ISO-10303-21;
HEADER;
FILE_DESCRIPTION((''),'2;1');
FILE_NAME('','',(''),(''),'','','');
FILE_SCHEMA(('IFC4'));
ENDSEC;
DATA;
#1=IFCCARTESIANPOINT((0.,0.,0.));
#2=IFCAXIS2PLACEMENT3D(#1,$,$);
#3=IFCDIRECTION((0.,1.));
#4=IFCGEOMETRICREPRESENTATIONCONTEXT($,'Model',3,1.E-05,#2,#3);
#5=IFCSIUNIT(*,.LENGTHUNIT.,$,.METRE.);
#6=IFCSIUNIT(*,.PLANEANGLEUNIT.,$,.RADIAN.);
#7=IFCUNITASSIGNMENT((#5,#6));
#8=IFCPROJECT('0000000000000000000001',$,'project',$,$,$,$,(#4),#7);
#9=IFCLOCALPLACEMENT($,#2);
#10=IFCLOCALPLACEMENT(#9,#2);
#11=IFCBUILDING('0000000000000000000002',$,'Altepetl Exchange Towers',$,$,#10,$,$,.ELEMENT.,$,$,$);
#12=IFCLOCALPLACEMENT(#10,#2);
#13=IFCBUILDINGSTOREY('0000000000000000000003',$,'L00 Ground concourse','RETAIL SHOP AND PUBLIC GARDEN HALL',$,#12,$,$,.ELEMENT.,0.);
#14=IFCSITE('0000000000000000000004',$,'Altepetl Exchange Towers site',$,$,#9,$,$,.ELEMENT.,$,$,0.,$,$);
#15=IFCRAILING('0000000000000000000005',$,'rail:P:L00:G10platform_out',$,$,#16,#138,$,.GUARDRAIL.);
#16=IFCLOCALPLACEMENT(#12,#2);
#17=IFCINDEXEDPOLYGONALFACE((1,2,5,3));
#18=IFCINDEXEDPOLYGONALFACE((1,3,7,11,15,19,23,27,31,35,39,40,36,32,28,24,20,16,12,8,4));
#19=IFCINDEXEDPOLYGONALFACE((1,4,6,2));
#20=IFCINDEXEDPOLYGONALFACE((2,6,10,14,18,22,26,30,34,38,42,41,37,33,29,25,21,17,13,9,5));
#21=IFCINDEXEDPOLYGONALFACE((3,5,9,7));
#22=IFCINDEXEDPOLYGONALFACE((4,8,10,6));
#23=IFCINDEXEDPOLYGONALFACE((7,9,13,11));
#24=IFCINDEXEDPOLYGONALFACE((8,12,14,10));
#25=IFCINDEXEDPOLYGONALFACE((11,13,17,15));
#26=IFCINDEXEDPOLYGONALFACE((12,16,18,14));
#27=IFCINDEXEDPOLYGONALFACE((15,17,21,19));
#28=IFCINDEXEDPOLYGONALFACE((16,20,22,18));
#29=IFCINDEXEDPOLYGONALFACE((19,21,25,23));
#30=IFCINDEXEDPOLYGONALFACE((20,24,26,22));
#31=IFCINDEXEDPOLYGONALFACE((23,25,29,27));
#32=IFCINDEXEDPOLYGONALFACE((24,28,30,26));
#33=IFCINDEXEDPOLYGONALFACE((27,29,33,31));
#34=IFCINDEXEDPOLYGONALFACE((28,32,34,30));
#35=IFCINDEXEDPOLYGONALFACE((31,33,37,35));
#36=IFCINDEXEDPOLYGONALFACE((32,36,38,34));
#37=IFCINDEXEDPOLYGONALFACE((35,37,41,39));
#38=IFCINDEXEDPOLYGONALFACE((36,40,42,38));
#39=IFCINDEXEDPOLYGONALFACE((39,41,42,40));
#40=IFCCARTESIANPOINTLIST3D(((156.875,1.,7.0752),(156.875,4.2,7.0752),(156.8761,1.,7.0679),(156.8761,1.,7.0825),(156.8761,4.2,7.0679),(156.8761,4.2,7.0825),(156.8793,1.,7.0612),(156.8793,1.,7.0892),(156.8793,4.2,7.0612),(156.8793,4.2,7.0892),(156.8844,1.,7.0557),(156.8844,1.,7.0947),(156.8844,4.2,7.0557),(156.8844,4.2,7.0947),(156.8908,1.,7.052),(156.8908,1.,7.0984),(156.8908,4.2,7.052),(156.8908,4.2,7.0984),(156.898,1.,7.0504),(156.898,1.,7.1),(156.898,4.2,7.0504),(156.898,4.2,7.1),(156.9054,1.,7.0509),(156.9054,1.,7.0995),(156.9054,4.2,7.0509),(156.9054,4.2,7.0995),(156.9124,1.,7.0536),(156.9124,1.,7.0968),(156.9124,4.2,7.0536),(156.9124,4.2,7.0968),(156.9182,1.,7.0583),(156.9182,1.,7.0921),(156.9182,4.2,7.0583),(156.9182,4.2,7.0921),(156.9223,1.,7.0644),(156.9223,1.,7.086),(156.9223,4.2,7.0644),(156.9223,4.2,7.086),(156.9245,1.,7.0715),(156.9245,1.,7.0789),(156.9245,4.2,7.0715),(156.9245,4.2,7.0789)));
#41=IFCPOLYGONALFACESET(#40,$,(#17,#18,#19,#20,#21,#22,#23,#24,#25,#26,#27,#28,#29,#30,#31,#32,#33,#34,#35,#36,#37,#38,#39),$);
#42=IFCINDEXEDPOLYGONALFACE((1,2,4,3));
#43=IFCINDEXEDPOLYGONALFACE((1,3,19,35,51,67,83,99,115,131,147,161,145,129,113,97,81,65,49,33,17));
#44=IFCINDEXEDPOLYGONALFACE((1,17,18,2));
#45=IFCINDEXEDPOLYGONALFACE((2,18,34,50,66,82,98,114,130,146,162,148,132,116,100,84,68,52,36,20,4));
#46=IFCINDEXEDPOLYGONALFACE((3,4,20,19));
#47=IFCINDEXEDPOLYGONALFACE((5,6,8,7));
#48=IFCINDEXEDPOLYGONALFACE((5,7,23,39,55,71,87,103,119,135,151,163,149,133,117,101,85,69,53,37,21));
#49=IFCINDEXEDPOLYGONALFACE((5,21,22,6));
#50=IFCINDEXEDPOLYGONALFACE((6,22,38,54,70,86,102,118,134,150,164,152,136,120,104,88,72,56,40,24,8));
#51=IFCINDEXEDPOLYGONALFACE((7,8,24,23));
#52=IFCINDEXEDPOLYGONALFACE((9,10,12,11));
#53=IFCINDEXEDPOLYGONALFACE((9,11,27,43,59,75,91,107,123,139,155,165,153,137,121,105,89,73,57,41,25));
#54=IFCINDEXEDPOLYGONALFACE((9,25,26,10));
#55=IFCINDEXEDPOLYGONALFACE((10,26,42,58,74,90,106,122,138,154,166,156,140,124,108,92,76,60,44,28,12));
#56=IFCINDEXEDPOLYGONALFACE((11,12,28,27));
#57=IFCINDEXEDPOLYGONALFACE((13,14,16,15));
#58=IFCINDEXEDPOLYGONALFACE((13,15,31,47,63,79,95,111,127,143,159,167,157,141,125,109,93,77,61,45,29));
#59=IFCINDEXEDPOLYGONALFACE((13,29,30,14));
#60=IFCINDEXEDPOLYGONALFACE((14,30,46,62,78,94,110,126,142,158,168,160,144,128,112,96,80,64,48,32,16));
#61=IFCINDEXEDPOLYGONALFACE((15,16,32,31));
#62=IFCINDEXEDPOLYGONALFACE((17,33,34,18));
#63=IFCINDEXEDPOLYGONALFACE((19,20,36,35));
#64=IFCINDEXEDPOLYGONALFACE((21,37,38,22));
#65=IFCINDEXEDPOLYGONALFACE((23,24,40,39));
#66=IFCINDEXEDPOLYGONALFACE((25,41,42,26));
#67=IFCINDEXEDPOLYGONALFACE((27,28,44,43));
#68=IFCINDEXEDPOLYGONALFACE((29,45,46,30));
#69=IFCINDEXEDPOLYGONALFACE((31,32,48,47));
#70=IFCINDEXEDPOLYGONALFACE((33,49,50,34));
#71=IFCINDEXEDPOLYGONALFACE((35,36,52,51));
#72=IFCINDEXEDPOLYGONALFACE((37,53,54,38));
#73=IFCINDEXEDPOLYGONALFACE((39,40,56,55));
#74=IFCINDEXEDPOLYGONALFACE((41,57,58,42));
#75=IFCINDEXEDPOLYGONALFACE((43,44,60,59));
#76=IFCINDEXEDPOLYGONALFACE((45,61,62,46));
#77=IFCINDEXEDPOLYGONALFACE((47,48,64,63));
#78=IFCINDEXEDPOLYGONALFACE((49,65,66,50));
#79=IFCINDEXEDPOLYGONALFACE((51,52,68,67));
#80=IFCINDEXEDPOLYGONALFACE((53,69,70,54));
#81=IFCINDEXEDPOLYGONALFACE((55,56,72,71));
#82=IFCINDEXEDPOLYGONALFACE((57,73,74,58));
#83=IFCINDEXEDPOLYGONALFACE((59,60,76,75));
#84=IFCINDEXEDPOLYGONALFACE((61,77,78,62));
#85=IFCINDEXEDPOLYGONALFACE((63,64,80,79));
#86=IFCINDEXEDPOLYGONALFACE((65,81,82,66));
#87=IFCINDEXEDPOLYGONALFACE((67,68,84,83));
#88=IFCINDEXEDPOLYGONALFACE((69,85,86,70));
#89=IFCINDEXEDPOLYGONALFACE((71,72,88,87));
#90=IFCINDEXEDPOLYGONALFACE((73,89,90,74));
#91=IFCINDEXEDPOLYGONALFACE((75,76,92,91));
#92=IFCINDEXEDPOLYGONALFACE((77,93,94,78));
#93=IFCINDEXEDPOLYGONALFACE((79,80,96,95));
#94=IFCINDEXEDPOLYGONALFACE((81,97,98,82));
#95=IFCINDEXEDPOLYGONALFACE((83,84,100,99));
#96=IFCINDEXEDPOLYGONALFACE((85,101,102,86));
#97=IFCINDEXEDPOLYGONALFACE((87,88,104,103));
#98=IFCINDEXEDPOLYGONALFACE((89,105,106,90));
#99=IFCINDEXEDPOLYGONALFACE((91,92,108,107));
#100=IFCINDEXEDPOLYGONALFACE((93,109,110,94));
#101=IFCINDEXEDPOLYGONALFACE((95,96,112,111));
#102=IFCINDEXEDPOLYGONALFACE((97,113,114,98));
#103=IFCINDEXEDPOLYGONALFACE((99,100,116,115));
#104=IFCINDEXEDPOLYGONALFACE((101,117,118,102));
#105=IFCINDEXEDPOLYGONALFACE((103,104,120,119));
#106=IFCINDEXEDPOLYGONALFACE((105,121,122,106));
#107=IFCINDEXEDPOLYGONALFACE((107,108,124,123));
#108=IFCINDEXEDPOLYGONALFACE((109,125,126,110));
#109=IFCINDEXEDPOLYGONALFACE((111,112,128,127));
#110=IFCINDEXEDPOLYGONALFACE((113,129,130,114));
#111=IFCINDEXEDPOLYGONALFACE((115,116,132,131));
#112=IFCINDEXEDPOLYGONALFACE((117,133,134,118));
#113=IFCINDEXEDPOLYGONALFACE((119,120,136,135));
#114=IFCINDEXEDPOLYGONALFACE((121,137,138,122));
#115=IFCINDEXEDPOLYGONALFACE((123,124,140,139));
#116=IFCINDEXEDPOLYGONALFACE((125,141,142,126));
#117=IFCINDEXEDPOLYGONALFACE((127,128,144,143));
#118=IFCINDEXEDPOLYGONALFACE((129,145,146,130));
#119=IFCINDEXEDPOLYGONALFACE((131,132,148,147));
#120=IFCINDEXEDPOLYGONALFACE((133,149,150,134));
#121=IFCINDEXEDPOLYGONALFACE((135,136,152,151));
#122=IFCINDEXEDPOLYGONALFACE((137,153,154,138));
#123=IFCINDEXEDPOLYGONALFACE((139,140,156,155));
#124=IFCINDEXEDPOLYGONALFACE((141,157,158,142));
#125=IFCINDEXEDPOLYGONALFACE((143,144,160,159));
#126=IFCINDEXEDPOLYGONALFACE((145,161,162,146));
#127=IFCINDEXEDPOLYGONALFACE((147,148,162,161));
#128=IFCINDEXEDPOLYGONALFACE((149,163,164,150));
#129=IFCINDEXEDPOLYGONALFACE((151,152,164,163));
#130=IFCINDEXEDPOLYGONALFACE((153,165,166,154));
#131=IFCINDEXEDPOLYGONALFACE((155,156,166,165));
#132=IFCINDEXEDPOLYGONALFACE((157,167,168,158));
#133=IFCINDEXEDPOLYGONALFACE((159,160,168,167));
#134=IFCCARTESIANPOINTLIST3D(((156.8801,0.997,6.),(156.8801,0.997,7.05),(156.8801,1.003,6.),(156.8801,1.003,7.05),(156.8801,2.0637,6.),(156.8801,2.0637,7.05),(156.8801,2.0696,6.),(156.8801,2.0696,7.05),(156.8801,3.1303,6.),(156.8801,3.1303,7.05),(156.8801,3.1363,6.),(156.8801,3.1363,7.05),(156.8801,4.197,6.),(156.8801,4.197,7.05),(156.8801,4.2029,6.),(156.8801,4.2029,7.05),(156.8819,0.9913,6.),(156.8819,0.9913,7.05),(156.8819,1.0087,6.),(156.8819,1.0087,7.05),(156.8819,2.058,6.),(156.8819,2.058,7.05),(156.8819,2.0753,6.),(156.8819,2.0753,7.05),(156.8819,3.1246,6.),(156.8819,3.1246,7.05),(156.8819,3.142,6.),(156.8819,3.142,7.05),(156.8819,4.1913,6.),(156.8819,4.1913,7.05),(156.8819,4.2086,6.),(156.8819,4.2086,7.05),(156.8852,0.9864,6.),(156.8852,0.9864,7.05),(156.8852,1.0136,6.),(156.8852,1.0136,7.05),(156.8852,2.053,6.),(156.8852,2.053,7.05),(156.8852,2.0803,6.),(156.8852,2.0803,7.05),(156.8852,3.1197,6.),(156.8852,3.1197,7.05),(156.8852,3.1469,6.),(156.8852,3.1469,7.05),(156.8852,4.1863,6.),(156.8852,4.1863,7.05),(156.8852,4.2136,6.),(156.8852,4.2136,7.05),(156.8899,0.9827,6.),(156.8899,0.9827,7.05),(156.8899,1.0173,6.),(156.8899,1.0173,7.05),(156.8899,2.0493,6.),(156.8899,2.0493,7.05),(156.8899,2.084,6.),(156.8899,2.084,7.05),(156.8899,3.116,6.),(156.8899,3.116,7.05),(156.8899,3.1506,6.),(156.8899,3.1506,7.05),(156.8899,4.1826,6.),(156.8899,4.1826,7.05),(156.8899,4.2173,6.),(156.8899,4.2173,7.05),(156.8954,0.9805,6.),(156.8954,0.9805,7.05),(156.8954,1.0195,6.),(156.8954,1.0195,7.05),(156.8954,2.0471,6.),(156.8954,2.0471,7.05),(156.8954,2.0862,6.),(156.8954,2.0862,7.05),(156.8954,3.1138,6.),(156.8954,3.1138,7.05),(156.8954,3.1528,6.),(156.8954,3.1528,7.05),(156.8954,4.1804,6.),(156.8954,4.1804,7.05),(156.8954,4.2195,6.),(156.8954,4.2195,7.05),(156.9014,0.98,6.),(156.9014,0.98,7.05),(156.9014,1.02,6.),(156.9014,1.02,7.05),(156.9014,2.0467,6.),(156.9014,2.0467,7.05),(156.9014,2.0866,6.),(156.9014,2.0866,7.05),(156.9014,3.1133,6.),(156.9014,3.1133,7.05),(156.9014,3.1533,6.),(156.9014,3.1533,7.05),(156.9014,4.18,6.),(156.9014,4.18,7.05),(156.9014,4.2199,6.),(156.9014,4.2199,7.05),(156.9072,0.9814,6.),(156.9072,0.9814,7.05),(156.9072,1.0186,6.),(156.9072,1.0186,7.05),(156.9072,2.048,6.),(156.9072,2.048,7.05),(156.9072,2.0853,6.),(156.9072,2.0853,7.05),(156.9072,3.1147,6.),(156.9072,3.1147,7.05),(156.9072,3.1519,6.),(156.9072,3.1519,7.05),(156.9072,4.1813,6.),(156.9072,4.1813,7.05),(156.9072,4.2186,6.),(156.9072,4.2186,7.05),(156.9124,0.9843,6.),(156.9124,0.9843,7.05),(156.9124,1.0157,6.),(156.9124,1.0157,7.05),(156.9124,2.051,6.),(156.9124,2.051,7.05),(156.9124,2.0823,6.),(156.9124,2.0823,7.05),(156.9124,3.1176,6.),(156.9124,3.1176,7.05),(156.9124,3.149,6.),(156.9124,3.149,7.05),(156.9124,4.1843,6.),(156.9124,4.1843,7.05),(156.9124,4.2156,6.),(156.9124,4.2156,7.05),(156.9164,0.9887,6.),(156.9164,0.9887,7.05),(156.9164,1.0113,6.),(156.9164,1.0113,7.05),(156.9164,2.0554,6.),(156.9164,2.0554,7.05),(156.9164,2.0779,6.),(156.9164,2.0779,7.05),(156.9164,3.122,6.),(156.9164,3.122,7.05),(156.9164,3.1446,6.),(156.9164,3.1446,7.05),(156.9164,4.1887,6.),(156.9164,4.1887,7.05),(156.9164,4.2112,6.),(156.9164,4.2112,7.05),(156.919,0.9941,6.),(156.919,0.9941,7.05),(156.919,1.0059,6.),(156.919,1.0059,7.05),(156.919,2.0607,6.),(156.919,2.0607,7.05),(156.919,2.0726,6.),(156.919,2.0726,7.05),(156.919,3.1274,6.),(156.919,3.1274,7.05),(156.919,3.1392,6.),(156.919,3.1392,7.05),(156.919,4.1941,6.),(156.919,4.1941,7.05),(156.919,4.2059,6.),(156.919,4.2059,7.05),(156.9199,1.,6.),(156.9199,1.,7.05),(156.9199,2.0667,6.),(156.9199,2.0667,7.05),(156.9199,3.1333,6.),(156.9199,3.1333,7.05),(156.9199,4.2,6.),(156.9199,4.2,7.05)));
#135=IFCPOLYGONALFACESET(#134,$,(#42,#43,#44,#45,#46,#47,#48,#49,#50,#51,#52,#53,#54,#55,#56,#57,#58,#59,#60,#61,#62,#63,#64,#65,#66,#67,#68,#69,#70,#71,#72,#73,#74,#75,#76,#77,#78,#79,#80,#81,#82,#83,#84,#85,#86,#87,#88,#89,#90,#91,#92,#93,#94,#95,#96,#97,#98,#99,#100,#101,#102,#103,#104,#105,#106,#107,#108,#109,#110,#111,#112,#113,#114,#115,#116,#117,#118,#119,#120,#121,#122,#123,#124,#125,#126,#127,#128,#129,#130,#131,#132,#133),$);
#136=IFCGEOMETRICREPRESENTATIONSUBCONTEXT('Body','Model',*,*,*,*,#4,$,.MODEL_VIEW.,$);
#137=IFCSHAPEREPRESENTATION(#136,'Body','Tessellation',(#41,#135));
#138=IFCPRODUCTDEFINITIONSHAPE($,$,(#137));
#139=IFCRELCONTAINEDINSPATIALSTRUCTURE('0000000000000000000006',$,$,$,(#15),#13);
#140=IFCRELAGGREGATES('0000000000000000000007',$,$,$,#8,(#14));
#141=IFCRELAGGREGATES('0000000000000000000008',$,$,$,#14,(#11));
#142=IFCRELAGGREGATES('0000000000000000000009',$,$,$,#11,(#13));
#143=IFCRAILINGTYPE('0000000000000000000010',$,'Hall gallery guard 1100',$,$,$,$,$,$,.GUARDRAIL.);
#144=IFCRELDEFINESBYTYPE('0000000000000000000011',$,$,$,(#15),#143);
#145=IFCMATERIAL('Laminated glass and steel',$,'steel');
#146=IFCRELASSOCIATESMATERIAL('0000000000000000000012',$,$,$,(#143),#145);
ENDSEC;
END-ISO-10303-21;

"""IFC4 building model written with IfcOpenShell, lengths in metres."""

from ifc_helpers import new_model, si_unit, direction, frame, origin, origin_2d, place, context, subcontext, project, spatial, circle, extrude, source, transform, mapped, material, type_object, element, save


model = new_model("IFC4")

# Units and contexts
model_context = context("Model", 3, precision=1e-05, world=origin(), true_north=direction((0.0, 1.0)))
body_context = subcontext(model_context, "Body", "Model", "MODEL_VIEW")
ifc_project = project(units=[si_unit("LENGTHUNIT", "METRE"), si_unit("PLANEANGLEUNIT", "RADIAN")], contexts=[model_context])

# Site, building, storey
site_placement = place(None, origin())
site = spatial("IfcSite", under=ifc_project, at=site_placement, Name="Altepetl Exchange Towers site", CompositionType="ELEMENT", RefElevation=0.0)
building_placement = place(site_placement, origin())
building = spatial("IfcBuilding", under=site, at=building_placement, Name="Altepetl Exchange Towers", CompositionType="ELEMENT")
storey_placement = place(building_placement, origin())
storey = spatial("IfcBuildingStorey", under=building, at=storey_placement, Name="L00 Ground concourse", Description="RETAIL SHOP AND PUBLIC GARDEN HALL", CompositionType="ELEMENT", Elevation=0.0)

# Railing
ifc_material_1 = material(Name="Laminated glass and steel", Category="steel")
railing_type_1 = type_object("IfcRailingType", Name="Hall gallery guard 1100", PredefinedType="GUARDRAIL", material=ifc_material_1)
shared_shape_1 = source(origin(), body_context, "Body", "SweptSolid", [
    extrude(circle(Radius=0.02, at=origin_2d()), origin(), (0.0, 0.0, 1.0), 1.05),
])
railing_1_placement = place(storey_placement, frame((156.8999, 1.0, 6.0)))
element("IfcRailing", 1, at=railing_1_placement, inside=storey, type_object=railing_type_1, Name="rail:P:L00:G10platform_out", PredefinedType="GUARDRAIL", context=body_context, shape_type="SweptSolid", body=[
    extrude(circle(Radius=0.0249, at=origin_2d()), frame((0.0, 0.0, 1.0752), z_axis=(0.0, 1.0, 0.0), x_axis=(-1.0, 0.0, 0.0)), (0.0, 0.0, 1.0), 3.2),
    mapped(shared_shape_1, transform((0.0, 0.0, 0.0))),
    mapped(shared_shape_1, transform((0.0, 1.0667, 0.0))),
    mapped(shared_shape_1, transform((0.0, 2.1333, 0.0))),
    mapped(shared_shape_1, transform((0.0, 3.2, 0.0))),
])

save(model, "model.ifc")
